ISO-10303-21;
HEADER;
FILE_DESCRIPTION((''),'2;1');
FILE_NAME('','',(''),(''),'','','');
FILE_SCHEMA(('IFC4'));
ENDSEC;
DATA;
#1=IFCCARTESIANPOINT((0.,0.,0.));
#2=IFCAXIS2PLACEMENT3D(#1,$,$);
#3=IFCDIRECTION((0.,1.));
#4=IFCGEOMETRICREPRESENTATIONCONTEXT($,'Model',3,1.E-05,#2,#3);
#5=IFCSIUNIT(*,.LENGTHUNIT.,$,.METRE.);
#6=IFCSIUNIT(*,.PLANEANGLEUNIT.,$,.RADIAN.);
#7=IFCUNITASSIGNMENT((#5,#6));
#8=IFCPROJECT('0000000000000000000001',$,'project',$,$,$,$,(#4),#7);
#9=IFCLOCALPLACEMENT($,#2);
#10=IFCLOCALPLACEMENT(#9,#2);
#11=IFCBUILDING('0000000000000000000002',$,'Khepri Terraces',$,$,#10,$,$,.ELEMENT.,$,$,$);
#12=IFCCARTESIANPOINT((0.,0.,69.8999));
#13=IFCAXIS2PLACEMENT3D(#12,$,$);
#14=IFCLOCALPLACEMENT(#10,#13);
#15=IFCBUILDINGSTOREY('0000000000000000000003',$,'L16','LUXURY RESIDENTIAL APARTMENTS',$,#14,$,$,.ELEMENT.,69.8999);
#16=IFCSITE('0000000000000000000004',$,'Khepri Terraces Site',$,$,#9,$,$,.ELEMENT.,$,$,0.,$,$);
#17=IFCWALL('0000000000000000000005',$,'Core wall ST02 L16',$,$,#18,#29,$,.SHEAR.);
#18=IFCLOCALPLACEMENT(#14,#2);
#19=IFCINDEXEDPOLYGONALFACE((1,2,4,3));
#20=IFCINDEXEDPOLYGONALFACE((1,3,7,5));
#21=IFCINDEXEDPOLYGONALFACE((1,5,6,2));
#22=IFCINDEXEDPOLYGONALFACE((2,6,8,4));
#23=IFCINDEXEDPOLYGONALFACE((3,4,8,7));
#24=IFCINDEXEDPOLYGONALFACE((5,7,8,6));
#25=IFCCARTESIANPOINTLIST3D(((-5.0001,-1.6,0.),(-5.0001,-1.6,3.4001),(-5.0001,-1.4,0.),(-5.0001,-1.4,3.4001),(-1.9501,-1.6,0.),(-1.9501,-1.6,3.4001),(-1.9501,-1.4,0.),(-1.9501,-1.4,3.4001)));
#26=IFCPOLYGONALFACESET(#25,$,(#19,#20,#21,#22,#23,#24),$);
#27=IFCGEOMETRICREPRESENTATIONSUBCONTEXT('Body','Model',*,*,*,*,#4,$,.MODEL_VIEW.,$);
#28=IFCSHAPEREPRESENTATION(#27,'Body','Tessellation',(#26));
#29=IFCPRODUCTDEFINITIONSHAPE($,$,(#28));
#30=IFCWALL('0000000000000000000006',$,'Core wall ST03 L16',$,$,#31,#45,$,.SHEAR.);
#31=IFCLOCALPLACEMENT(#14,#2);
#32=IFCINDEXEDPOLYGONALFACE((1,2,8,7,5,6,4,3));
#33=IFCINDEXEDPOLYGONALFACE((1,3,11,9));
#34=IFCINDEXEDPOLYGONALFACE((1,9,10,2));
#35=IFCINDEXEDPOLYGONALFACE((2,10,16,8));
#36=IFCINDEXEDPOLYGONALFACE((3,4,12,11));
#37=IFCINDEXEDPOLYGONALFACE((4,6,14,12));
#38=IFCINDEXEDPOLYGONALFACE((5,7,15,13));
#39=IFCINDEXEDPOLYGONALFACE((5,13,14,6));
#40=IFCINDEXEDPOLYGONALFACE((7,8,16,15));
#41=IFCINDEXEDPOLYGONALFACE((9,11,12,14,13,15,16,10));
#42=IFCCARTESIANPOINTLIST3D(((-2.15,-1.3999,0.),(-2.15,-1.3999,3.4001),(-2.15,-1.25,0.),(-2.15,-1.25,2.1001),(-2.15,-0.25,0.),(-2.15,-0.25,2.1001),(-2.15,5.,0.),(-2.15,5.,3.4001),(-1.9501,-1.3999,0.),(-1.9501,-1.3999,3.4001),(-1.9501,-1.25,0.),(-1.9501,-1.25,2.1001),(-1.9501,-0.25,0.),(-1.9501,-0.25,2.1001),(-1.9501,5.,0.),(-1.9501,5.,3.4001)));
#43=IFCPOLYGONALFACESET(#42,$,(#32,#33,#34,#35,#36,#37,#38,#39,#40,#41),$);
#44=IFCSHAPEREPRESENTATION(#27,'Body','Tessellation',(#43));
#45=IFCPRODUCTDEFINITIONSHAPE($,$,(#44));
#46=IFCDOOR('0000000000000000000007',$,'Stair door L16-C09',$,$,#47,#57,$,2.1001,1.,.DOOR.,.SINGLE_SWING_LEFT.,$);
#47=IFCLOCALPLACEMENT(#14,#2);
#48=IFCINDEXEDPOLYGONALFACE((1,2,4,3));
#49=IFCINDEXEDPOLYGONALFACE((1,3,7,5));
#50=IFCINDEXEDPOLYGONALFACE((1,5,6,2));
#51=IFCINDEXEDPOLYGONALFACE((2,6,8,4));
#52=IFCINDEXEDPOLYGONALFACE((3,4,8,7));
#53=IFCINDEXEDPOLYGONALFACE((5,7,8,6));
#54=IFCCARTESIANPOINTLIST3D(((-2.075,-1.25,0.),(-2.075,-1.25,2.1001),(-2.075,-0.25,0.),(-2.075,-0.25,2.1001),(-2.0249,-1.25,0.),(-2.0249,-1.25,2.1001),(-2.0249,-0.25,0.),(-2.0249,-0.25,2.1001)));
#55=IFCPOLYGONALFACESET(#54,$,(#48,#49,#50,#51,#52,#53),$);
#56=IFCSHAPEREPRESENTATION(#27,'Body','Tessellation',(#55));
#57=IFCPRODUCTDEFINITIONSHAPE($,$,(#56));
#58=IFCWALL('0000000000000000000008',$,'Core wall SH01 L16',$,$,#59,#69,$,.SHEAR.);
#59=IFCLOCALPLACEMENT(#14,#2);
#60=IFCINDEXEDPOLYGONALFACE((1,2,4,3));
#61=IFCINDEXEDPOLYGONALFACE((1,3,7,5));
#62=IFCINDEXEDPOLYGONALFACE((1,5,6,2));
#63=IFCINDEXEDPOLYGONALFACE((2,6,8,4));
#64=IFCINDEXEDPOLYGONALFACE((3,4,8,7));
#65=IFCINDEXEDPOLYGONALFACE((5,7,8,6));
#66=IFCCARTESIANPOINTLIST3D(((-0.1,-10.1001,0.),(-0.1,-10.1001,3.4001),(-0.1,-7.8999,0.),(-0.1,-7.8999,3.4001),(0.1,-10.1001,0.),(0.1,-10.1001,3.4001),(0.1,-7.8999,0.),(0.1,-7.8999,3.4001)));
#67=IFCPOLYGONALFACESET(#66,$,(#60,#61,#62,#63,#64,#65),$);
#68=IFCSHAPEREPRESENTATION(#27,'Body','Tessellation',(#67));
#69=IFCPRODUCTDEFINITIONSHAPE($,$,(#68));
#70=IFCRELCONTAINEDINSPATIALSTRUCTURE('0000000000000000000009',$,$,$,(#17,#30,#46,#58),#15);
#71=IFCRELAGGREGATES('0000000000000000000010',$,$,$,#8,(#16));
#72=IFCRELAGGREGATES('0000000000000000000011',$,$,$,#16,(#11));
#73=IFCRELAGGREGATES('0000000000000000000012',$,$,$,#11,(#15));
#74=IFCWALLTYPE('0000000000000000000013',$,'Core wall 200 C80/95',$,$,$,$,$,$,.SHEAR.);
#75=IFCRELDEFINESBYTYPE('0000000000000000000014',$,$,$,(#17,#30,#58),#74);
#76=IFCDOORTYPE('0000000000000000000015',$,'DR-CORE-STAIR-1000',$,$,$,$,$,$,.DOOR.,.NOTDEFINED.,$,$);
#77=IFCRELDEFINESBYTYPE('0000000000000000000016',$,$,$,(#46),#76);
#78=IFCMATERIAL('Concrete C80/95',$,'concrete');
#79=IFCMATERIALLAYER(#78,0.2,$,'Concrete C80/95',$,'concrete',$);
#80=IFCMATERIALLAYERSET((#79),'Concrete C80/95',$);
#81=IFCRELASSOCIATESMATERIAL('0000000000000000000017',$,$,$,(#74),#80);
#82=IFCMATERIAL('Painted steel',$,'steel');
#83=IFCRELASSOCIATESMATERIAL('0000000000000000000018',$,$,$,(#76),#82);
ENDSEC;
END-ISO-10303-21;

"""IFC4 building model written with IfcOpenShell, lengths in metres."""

from ifc_helpers import new_model, si_unit, direction, frame, frame_2d, origin, place, context, subcontext, project, spatial, rectangle, extrude, material, layer, layer_set, type_object, element, fill, save


model = new_model("IFC4")

# Units and contexts
model_context = context("Model", 3, precision=1e-05, world=origin(), true_north=direction((0.0, 1.0)))
body_context = subcontext(model_context, "Body", "Model", "MODEL_VIEW")
ifc_project = project(units=[si_unit("LENGTHUNIT", "METRE"), si_unit("PLANEANGLEUNIT", "RADIAN")], contexts=[model_context])

# Site, building, storey
site_placement = place(None, origin())
site = spatial("IfcSite", under=ifc_project, at=site_placement, Name="Khepri Terraces Site", CompositionType="ELEMENT", RefElevation=0.0)
building_placement = place(site_placement, origin())
building = spatial("IfcBuilding", under=site, at=building_placement, Name="Khepri Terraces", CompositionType="ELEMENT")
storey_placement = place(building_placement, frame((0.0, 0.0, 69.8999)))
storey = spatial("IfcBuildingStorey", under=building, at=storey_placement, Name="L16", Description="LUXURY RESIDENTIAL APARTMENTS", CompositionType="ELEMENT", Elevation=69.8999)

# Wall
ifc_material_1 = material(Name="Concrete C80/95", Category="concrete")
ifc_layer_1 = layer(ifc_material_1, 0.2, Name="Concrete C80/95", Category="concrete")
ifc_layer_set_1 = layer_set([ifc_layer_1], Name="Concrete C80/95")
wall_type_1 = type_object("IfcWallType", Name="Core wall 200 C80/95", PredefinedType="SHEAR", material=ifc_layer_set_1)
wall_1_placement = place(storey_placement, frame((-5.0, -1.5, 0.0), z_axis=(0.0, 0.0, 1.0), x_axis=(1.0, 0.0, 0.0)))
element("IfcWall", 1, at=wall_1_placement, inside=storey, type_object=wall_type_1, Name="Core wall ST02 L16", PredefinedType="SHEAR", context=body_context, shape_type="SweptSolid", body=[
    extrude(rectangle(XDim=3.05, YDim=0.2, at=frame_2d((1.5249, 0.0))), origin(), (0.0, 0.0, 1.0), 3.4001),
])

# Wall, opening, door
wall_2_placement = place(storey_placement, frame((-2.05, -1.3999, 0.0), z_axis=(0.0, 0.0, 1.0), x_axis=(0.0, 1.0, 0.0)))
wall_2 = element("IfcWall", 2, at=wall_2_placement, inside=storey, type_object=wall_type_1, Name="Core wall ST03 L16", PredefinedType="SHEAR", context=body_context, shape_type="SweptSolid", body=[
    extrude(rectangle(XDim=6.3999, YDim=0.2, at=frame_2d((3.2, 0.0))), origin(), (0.0, 0.0, 1.0), 3.4001),
])
opening_1_placement = place(wall_2_placement, frame((0.1499, 0.0, 0.0)))
opening_1 = element("IfcOpeningElement", 3, at=opening_1_placement, cuts=wall_2, PredefinedType="OPENING", context=body_context, shape_type="SweptSolid", body=[
    extrude(rectangle(XDim=1.0, YDim=2.1001, at=frame_2d((0.5, 1.05))), frame((0.0, 0.1099, 0.0), z_axis=(0.0, -1.0, 0.0), x_axis=(1.0, 0.0, 0.0)), (0.0, 0.0, 1.0), 0.22),
])
ifc_material_2 = material(Name="Painted steel", Category="steel")
door_type_1 = type_object("IfcDoorType", Name="DR-CORE-STAIR-1000", OperationType="NOTDEFINED", PredefinedType="DOOR", material=ifc_material_2)
door_1_placement = place(opening_1_placement, origin())
door_1 = element("IfcDoor", 4, at=door_1_placement, inside=storey, type_object=door_type_1, Name="Stair door L16-C09", OperationType="SINGLE_SWING_LEFT", OverallHeight=2.1001, OverallWidth=1.0, PredefinedType="DOOR", context=body_context, shape_type="SweptSolid", body=[
    extrude(rectangle(XDim=1.0, YDim=2.1001, at=frame_2d((0.5, 1.05))), frame((0.0, 0.0249, 0.0), z_axis=(0.0, -1.0, 0.0), x_axis=(1.0, 0.0, 0.0)), (0.0, 0.0, 1.0), 0.05),
])
fill(opening_1, door_1)

# Wall
wall_3_placement = place(storey_placement, frame((0.0, -10.1001, 0.0), z_axis=(0.0, 0.0, 1.0), x_axis=(0.0, 1.0, 0.0)))
element("IfcWall", 5, at=wall_3_placement, inside=storey, type_object=wall_type_1, Name="Core wall SH01 L16", PredefinedType="SHEAR", context=body_context, shape_type="SweptSolid", body=[
    extrude(rectangle(XDim=2.2002, YDim=0.2, at=frame_2d((1.1001, 0.0))), origin(), (0.0, 0.0, 1.0), 3.4001),
])

save(model, "model.ifc")
